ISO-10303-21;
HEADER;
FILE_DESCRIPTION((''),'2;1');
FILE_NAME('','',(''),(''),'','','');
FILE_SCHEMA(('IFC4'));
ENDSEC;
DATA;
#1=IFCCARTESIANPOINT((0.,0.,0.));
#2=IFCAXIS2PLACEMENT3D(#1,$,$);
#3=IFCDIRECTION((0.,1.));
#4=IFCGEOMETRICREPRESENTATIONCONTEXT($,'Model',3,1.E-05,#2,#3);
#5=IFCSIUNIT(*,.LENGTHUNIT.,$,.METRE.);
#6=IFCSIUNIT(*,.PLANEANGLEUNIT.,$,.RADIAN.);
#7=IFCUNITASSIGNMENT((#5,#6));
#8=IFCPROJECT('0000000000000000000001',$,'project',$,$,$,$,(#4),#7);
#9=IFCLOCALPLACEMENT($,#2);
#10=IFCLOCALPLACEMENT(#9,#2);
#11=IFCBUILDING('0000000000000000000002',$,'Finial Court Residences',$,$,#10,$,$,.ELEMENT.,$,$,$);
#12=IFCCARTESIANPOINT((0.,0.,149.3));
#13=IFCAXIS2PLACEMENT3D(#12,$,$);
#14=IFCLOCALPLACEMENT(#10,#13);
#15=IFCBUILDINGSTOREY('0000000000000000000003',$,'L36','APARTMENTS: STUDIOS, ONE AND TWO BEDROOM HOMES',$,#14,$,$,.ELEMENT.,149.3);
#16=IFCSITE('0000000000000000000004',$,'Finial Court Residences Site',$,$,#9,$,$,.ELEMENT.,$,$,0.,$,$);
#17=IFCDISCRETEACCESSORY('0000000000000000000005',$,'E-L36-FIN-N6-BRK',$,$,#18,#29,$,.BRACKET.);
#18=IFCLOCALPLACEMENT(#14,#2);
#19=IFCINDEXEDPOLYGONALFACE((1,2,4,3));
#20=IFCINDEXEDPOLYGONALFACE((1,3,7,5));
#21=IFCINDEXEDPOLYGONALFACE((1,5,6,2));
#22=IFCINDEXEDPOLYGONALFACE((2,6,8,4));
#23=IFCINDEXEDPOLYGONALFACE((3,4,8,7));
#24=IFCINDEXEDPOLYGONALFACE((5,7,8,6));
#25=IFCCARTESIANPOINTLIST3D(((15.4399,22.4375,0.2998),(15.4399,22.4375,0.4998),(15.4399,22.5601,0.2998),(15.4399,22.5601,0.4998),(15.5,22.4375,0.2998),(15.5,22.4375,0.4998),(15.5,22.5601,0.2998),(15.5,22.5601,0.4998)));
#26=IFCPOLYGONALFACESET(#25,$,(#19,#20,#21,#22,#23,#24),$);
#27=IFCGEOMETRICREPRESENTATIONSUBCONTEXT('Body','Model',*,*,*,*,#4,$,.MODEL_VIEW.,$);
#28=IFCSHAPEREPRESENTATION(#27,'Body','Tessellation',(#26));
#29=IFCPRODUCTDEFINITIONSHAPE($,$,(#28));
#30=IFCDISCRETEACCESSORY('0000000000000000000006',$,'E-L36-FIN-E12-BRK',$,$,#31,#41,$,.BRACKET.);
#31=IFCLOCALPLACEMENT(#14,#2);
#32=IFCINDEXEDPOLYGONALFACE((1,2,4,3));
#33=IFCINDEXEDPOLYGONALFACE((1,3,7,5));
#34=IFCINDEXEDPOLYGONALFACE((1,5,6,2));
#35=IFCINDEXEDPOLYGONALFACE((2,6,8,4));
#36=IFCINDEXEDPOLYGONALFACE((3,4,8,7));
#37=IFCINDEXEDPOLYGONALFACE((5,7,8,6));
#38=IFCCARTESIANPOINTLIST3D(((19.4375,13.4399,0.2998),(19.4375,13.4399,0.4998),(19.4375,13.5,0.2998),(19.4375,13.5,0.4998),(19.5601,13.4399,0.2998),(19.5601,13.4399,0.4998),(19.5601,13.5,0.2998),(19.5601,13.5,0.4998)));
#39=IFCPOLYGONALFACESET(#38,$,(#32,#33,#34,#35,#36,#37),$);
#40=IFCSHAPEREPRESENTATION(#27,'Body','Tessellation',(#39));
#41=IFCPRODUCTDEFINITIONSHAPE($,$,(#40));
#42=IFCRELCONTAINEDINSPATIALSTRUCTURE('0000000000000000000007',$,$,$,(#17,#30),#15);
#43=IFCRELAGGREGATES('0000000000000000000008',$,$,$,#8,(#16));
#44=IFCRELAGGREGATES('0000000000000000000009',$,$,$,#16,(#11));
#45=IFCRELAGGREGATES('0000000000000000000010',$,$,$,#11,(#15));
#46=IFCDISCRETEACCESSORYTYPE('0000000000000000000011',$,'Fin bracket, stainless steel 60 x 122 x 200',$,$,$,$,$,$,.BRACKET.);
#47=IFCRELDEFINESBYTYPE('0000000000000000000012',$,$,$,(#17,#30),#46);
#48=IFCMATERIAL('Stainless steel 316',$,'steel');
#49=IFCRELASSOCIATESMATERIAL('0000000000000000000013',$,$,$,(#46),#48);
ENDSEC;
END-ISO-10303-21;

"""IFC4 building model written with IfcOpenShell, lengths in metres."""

from ifc_helpers import new_model, si_unit, direction, frame, origin, origin_2d, place, context, subcontext, project, spatial, rectangle, extrude, material, type_object, element, save


model = new_model("IFC4")

# Units and contexts
model_context = context("Model", 3, precision=1e-05, world=origin(), true_north=direction((0.0, 1.0)))
body_context = subcontext(model_context, "Body", "Model", "MODEL_VIEW")
ifc_project = project(units=[si_unit("LENGTHUNIT", "METRE"), si_unit("PLANEANGLEUNIT", "RADIAN")], contexts=[model_context])

# Site, building, storey
site_placement = place(None, origin())
site = spatial("IfcSite", under=ifc_project, at=site_placement, Name="Finial Court Residences Site", CompositionType="ELEMENT", RefElevation=0.0)
building_placement = place(site_placement, origin())
building = spatial("IfcBuilding", under=site, at=building_placement, Name="Finial Court Residences", CompositionType="ELEMENT")
storey_placement = place(building_placement, frame((0.0, 0.0, 149.3)))
storey = spatial("IfcBuildingStorey", under=building, at=storey_placement, Name="L36", Description="APARTMENTS: STUDIOS, ONE AND TWO BEDROOM HOMES", CompositionType="ELEMENT", Elevation=149.3)

# Discrete accessories
ifc_material_1 = material(Name="Stainless steel 316", Category="steel")
discrete_accessory_type = type_object("IfcDiscreteAccessoryType", Name="Fin bracket, stainless steel 60 x 122 x 200", PredefinedType="BRACKET", material=ifc_material_1)
discrete_accessory_1_placement = place(storey_placement, frame((15.47, 22.4988, 0.2998), z_axis=(0.0, 0.0, 1.0), x_axis=(1.0, 0.0, 0.0)))
element("IfcDiscreteAccessory", 1, at=discrete_accessory_1_placement, inside=storey, type_object=discrete_accessory_type, Name="E-L36-FIN-N6-BRK", PredefinedType="BRACKET", context=body_context, shape_type="SweptSolid", body=[
    extrude(rectangle(XDim=0.0601, YDim=0.1226, at=origin_2d()), origin(), (0.0, 0.0, 1.0), 0.2),
])
discrete_accessory_2_placement = place(storey_placement, frame((19.4988, 13.47, 0.2998), z_axis=(0.0, 0.0, 1.0), x_axis=(1.0, 0.0, 0.0)))
element("IfcDiscreteAccessory", 2, at=discrete_accessory_2_placement, inside=storey, type_object=discrete_accessory_type, Name="E-L36-FIN-E12-BRK", PredefinedType="BRACKET", context=body_context, shape_type="SweptSolid", body=[
    extrude(rectangle(XDim=0.1226, YDim=0.0601, at=origin_2d()), origin(), (0.0, 0.0, 1.0), 0.2),
])

save(model, "model.ifc")
